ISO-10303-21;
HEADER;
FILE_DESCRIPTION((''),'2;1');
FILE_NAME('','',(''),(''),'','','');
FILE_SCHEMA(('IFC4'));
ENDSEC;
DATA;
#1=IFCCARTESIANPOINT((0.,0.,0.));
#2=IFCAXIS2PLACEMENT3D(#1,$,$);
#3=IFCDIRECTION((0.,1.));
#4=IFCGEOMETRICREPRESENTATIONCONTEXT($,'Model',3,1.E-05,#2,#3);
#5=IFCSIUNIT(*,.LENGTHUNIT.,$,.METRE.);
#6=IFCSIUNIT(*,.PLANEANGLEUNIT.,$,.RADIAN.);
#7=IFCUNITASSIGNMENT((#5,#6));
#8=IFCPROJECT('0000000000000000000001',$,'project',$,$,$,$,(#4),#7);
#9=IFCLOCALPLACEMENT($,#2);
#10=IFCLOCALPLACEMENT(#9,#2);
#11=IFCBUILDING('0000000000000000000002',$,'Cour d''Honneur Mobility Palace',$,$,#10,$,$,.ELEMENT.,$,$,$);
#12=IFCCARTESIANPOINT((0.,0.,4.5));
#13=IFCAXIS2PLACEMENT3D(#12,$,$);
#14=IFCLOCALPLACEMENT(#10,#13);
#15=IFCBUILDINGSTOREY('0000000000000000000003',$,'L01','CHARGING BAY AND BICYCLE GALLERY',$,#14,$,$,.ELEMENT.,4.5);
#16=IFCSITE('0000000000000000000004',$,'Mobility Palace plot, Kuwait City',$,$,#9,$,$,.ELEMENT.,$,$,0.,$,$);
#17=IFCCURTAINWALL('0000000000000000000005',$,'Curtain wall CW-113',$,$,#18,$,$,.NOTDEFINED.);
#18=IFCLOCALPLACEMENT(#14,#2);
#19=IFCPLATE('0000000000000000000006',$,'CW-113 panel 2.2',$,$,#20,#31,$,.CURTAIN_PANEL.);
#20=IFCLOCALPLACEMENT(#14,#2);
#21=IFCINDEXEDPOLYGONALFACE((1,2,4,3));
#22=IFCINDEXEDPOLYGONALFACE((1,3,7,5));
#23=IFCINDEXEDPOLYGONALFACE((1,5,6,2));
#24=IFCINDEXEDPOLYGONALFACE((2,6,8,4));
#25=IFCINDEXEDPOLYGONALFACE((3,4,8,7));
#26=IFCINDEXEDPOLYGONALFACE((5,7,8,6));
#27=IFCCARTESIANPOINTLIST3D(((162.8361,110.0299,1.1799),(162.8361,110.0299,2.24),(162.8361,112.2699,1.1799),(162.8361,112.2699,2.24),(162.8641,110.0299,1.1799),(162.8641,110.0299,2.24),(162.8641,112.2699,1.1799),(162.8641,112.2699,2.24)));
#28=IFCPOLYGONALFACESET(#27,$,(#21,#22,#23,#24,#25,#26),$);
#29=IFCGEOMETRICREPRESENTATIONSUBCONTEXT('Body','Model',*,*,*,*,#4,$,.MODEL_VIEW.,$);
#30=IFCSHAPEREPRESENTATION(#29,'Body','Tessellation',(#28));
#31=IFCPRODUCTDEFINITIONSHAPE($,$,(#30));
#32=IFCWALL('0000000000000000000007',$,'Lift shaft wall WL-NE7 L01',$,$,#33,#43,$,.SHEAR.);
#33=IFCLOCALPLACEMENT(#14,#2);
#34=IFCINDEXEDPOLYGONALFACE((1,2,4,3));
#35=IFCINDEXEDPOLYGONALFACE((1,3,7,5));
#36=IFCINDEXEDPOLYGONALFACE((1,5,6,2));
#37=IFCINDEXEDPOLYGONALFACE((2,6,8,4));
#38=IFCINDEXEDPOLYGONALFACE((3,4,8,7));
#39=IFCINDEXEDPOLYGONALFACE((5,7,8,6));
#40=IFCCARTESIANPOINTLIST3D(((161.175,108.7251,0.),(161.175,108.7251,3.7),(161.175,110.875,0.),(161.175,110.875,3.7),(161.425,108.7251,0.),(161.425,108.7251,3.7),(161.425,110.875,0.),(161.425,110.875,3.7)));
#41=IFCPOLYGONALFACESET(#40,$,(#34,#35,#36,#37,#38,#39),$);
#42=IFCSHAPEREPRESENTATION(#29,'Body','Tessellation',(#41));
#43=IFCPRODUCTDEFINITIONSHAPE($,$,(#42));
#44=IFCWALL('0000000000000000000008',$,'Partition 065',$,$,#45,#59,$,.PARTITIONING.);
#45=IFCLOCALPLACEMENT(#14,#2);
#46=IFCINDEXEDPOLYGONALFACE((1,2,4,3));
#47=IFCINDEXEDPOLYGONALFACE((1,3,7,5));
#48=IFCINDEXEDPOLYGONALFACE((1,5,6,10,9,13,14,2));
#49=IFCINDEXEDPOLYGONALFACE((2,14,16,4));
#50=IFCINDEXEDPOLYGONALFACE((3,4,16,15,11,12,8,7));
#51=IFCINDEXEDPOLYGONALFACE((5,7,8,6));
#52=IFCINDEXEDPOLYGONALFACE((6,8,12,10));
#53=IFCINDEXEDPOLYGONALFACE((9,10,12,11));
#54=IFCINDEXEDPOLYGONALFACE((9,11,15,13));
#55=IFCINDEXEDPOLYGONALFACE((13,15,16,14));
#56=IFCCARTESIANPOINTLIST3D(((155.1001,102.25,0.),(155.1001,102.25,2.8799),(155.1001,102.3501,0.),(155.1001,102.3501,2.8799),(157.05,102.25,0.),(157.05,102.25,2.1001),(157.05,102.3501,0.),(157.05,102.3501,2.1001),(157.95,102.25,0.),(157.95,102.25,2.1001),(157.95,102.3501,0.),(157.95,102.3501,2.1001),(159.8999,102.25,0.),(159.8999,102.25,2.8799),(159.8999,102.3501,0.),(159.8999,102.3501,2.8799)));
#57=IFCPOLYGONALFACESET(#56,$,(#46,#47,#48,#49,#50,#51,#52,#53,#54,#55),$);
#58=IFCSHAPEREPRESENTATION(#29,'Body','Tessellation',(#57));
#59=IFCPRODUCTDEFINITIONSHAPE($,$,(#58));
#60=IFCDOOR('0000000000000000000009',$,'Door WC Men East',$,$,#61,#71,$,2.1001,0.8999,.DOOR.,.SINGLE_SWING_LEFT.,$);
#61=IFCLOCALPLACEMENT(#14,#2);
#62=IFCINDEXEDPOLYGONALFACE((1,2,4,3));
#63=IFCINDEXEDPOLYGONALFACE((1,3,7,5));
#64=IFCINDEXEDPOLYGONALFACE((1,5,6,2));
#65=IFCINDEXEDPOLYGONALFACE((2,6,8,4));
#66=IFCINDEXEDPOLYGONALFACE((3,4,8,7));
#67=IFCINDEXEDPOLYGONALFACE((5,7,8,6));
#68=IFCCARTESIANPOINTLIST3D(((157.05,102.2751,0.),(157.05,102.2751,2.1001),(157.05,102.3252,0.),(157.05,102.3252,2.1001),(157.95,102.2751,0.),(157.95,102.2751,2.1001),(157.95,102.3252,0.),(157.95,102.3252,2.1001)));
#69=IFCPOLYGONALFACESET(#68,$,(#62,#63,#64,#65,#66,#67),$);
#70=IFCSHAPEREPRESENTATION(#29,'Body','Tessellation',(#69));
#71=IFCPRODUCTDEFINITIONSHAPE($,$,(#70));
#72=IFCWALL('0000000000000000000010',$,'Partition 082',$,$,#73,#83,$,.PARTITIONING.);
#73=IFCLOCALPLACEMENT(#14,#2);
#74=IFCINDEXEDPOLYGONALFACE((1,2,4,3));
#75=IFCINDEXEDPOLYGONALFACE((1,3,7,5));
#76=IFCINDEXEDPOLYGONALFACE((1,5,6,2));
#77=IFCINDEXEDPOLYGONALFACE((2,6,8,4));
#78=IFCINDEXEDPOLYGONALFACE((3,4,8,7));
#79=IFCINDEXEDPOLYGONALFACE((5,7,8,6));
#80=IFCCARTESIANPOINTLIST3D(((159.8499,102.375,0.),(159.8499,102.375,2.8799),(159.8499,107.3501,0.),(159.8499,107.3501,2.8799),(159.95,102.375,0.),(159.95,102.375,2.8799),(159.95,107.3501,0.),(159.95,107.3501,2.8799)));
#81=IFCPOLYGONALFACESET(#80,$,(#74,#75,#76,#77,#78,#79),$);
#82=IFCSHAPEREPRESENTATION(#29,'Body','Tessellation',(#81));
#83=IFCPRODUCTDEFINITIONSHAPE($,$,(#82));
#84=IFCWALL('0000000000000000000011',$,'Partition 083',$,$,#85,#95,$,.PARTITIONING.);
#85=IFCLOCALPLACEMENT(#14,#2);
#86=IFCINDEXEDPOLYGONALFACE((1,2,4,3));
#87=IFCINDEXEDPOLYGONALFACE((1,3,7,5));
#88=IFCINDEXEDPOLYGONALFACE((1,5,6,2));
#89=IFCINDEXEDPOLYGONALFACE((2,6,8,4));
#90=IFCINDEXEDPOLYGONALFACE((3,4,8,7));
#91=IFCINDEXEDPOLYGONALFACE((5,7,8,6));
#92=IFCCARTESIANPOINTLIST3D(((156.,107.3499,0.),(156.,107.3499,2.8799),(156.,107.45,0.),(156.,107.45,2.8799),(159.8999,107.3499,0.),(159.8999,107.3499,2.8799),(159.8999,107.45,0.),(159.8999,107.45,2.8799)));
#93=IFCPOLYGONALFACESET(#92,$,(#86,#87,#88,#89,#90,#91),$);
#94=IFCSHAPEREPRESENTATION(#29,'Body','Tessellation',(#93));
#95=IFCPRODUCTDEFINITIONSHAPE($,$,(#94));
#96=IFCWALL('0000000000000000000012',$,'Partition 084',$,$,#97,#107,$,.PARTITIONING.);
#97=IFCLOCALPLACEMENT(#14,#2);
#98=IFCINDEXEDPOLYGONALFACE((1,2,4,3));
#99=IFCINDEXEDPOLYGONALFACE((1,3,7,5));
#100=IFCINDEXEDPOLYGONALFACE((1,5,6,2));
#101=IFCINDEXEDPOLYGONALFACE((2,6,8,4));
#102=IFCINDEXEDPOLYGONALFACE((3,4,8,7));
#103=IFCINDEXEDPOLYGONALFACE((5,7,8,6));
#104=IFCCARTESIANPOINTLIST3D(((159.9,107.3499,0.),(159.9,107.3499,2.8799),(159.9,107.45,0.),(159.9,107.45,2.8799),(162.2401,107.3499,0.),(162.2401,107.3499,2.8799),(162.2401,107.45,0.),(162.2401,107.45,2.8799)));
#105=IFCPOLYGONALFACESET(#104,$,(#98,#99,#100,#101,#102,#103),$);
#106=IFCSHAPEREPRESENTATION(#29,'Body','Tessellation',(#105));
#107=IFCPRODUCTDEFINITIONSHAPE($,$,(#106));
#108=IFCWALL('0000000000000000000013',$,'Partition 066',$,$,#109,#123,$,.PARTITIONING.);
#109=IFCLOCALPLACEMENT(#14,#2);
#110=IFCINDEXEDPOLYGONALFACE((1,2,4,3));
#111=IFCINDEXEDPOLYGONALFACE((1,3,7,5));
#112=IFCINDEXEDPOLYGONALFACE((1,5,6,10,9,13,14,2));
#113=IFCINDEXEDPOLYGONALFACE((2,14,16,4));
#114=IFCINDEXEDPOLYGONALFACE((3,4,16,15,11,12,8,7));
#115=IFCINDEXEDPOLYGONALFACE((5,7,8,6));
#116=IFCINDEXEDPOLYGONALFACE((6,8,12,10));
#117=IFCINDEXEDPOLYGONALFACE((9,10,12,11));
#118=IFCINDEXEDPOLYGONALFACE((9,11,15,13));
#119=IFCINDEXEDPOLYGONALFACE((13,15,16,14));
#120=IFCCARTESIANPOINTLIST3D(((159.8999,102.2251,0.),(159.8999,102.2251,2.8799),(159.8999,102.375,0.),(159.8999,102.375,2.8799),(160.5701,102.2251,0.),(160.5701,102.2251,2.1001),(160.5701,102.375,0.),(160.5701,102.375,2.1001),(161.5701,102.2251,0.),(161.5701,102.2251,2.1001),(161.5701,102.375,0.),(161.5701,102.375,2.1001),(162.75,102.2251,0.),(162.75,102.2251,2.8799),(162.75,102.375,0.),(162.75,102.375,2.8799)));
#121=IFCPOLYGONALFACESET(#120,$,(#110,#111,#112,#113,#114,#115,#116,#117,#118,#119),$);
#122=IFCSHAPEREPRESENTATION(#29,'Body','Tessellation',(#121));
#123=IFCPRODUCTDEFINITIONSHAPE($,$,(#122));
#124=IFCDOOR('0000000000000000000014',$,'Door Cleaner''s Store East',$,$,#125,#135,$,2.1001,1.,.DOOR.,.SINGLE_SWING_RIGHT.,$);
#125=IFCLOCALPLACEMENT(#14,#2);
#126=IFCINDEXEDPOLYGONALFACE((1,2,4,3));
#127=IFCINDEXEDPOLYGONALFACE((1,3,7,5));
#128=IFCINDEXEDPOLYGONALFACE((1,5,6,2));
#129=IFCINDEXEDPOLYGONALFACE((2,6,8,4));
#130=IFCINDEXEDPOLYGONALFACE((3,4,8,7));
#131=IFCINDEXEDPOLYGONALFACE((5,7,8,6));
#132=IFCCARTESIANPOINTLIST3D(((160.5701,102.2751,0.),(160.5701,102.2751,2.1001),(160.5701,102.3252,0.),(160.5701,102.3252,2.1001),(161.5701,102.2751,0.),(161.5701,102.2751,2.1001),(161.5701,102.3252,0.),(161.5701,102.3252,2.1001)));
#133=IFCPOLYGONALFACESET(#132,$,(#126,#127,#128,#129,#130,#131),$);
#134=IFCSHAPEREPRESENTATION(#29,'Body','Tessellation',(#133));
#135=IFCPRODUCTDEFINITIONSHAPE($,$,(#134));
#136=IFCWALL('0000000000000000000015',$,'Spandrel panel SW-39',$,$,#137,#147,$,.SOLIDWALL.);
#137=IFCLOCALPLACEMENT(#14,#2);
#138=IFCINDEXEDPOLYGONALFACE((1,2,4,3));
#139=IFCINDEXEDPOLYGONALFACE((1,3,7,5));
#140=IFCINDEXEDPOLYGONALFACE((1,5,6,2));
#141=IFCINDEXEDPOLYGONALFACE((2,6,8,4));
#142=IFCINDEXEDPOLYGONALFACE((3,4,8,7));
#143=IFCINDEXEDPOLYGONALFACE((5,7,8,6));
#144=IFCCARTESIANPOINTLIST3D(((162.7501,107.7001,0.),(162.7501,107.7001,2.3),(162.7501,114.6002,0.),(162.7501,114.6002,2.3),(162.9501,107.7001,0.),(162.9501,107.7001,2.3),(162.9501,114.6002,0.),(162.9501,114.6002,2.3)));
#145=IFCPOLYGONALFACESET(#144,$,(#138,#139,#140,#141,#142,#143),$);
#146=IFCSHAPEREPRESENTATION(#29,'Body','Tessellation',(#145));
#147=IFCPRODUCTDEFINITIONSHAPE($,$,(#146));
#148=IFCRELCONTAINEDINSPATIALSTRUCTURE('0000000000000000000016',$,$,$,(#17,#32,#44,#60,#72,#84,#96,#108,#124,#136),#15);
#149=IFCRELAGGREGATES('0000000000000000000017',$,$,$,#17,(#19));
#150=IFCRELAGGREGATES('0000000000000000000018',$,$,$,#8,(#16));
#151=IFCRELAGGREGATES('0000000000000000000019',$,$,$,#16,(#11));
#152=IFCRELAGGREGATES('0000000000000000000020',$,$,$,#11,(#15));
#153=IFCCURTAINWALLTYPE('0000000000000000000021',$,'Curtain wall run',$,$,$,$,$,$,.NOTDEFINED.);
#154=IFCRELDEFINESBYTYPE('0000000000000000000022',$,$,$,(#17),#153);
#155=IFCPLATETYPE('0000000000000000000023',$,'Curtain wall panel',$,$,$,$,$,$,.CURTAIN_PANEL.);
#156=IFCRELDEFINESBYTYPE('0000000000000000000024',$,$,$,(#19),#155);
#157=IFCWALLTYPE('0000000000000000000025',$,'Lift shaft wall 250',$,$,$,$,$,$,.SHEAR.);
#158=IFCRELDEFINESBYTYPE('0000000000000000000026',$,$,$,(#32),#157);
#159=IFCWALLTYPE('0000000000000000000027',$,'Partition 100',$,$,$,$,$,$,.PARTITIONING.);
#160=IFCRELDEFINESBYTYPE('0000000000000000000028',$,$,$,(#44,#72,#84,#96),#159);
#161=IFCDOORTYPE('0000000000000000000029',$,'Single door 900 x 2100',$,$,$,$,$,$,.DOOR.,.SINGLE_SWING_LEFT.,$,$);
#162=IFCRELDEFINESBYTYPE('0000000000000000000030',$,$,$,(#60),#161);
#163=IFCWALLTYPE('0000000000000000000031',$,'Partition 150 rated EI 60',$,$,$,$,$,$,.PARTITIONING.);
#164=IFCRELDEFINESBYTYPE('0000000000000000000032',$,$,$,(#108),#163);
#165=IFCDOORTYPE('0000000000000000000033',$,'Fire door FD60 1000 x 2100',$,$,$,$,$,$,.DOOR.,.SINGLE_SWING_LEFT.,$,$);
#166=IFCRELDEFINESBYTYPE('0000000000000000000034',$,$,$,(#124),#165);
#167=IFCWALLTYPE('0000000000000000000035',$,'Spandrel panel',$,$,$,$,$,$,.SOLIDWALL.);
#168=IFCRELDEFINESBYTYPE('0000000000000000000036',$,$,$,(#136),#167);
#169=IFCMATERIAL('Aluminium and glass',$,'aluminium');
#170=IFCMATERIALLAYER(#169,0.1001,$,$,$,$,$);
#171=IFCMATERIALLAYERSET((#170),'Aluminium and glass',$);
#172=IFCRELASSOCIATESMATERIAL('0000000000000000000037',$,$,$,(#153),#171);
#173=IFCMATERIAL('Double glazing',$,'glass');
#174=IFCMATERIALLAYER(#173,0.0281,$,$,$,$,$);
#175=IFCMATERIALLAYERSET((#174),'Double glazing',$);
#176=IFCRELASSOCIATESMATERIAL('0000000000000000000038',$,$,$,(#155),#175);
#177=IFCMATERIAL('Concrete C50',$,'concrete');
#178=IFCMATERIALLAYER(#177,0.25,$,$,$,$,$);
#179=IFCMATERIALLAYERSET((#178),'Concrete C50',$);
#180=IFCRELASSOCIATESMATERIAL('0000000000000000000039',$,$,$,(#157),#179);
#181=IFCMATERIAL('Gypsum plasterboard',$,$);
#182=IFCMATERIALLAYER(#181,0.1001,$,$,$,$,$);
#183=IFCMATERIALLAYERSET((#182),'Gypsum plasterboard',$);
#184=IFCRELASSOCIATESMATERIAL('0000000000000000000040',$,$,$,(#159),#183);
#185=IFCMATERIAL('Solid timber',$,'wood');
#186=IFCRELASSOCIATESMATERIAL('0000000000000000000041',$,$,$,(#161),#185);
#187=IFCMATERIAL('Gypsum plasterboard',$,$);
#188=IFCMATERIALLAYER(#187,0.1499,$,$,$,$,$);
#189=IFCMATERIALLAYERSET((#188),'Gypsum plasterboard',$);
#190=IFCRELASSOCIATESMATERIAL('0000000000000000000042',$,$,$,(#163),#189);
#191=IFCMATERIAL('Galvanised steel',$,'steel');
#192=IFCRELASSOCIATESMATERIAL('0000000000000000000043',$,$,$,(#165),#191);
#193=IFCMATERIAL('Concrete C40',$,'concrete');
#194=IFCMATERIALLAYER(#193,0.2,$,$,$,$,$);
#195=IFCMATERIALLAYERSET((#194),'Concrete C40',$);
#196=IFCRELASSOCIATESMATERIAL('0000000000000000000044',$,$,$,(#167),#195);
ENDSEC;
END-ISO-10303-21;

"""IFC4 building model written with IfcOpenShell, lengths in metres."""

from ifc_helpers import new_model, si_unit, direction, frame, frame_2d, origin, origin_2d, place, context, subcontext, project, spatial, rectangle, extrude, material, layer, layer_set, type_object, element, fill, aggregate, save


model = new_model("IFC4")

# Units and contexts
model_context = context("Model", 3, precision=1e-05, world=origin(), true_north=direction((0.0, 1.0)))
body_context = subcontext(model_context, "Body", "Model", "MODEL_VIEW")
ifc_project = project(units=[si_unit("LENGTHUNIT", "METRE"), si_unit("PLANEANGLEUNIT", "RADIAN")], contexts=[model_context])

# Site, building, storey
site_placement = place(None, origin())
site = spatial("IfcSite", under=ifc_project, at=site_placement, Name="Mobility Palace plot, Kuwait City", CompositionType="ELEMENT", RefElevation=0.0)
building_placement = place(site_placement, origin())
building = spatial("IfcBuilding", under=site, at=building_placement, Name="Cour d'Honneur Mobility Palace", CompositionType="ELEMENT")
storey_placement = place(building_placement, frame((0.0, 0.0, 4.5)))
storey = spatial("IfcBuildingStorey", under=building, at=storey_placement, Name="L01", Description="CHARGING BAY AND BICYCLE GALLERY", CompositionType="ELEMENT", Elevation=4.5)

# Curtain wall
ifc_material_1 = material(Name="Aluminium and glass", Category="aluminium")
ifc_layer_1 = layer(ifc_material_1, 0.1001)
ifc_layer_set_1 = layer_set([ifc_layer_1], Name="Aluminium and glass")
curtain_wall_type = type_object("IfcCurtainWallType", Name="Curtain wall run", PredefinedType="NOTDEFINED", material=ifc_layer_set_1)
curtain_wall_placement = place(storey_placement, origin())
curtain_wall = element("IfcCurtainWall", 1, at=curtain_wall_placement, inside=storey, type_object=curtain_wall_type, Name="Curtain wall CW-113", PredefinedType="NOTDEFINED")

# Plate
ifc_material_2 = material(Name="Double glazing", Category="glass")
ifc_layer_2 = layer(ifc_material_2, 0.0281)
ifc_layer_set_2 = layer_set([ifc_layer_2], Name="Double glazing")
plate_type = type_object("IfcPlateType", Name="Curtain wall panel", PredefinedType="CURTAIN_PANEL", material=ifc_layer_set_2)
plate_1_placement = place(storey_placement, frame((162.8501, 111.1499, 1.1799), z_axis=(0.0, 0.0, 1.0), x_axis=(0.0, 1.0, 0.0)))
plate_1 = element("IfcPlate", 2, at=plate_1_placement, type_object=plate_type, Name="CW-113 panel 2.2", PredefinedType="CURTAIN_PANEL", context=body_context, shape_type="SweptSolid", body=[
    extrude(rectangle(XDim=2.24, YDim=0.0281, at=origin_2d()), origin(), (0.0, 0.0, 1.0), 1.0601),
])
aggregate(curtain_wall, [plate_1])

# Wall
ifc_material_3 = material(Name="Concrete C50", Category="concrete")
ifc_layer_3 = layer(ifc_material_3, 0.25)
ifc_layer_set_3 = layer_set([ifc_layer_3], Name="Concrete C50")
wall_type_1 = type_object("IfcWallType", Name="Lift shaft wall 250", PredefinedType="SHEAR", material=ifc_layer_set_3)
wall_1_placement = place(storey_placement, frame((161.3, 108.7251, 0.0), z_axis=(0.0, 0.0, 1.0), x_axis=(0.0, 1.0, 0.0)))
element("IfcWall", 3, at=wall_1_placement, inside=storey, type_object=wall_type_1, Name="Lift shaft wall WL-NE7 L01", PredefinedType="SHEAR", context=body_context, shape_type="SweptSolid", body=[
    extrude(rectangle(XDim=2.1499, YDim=0.25, at=frame_2d((1.075, 0.0))), origin(), (0.0, 0.0, 1.0), 3.7),
])

# Wall, opening, door
ifc_material_4 = material(Name="Gypsum plasterboard")
ifc_layer_4 = layer(ifc_material_4, 0.1001)
ifc_layer_set_4 = layer_set([ifc_layer_4], Name="Gypsum plasterboard")
wall_type_2 = type_object("IfcWallType", Name="Partition 100", PredefinedType="PARTITIONING", material=ifc_layer_set_4)
wall_2_placement = place(storey_placement, frame((159.8999, 102.3, 0.0), z_axis=(0.0, 0.0, 1.0), x_axis=(-1.0, 0.0, 0.0)))
wall_2 = element("IfcWall", 4, at=wall_2_placement, inside=storey, type_object=wall_type_2, Name="Partition 065", PredefinedType="PARTITIONING", context=body_context, shape_type="SweptSolid", body=[
    extrude(rectangle(XDim=4.7998, YDim=0.1001, at=frame_2d((2.3999, 0.0))), origin(), (0.0, 0.0, 1.0), 2.8799),
])
opening_1_placement = place(wall_2_placement, frame((1.95, 0.0, 0.0)))
opening_1 = element("IfcOpeningElement", 5, at=opening_1_placement, cuts=wall_2, PredefinedType="OPENING", context=body_context, shape_type="SweptSolid", body=[
    extrude(rectangle(XDim=0.8999, YDim=2.1001, at=frame_2d((0.45, 1.05))), frame((0.0, 0.0601, 0.0), z_axis=(0.0, -1.0, 0.0), x_axis=(1.0, 0.0, 0.0)), (0.0, 0.0, 1.0), 0.1201),
])
ifc_material_5 = material(Name="Solid timber", Category="wood")
door_type_1 = type_object("IfcDoorType", Name="Single door 900 x 2100", OperationType="SINGLE_SWING_LEFT", PredefinedType="DOOR", material=ifc_material_5)
door_1_placement = place(opening_1_placement, origin())
door_1 = element("IfcDoor", 6, at=door_1_placement, inside=storey, type_object=door_type_1, Name="Door WC Men East", OperationType="SINGLE_SWING_LEFT", OverallHeight=2.1001, OverallWidth=0.8999, PredefinedType="DOOR", context=body_context, shape_type="SweptSolid", body=[
    extrude(rectangle(XDim=0.8999, YDim=2.1001, at=frame_2d((0.45, 1.05))), frame((0.0, 0.0249, 0.0), z_axis=(0.0, -1.0, 0.0), x_axis=(1.0, 0.0, 0.0)), (0.0, 0.0, 1.0), 0.05),
])
fill(opening_1, door_1)

# Walls
wall_3_placement = place(storey_placement, frame((159.8999, 107.3501, 0.0), z_axis=(0.0, 0.0, 1.0), x_axis=(0.0, -1.0, 0.0)))
element("IfcWall", 7, at=wall_3_placement, inside=storey, type_object=wall_type_2, Name="Partition 082", PredefinedType="PARTITIONING", context=body_context, shape_type="SweptSolid", body=[
    extrude(rectangle(XDim=4.9751, YDim=0.1001, at=frame_2d((2.4875, 0.0))), origin(), (0.0, 0.0, 1.0), 2.8799),
])
wall_4_placement = place(storey_placement, frame((159.8999, 107.3999, 0.0), z_axis=(0.0, 0.0, 1.0), x_axis=(-1.0, 0.0, 0.0)))
element("IfcWall", 8, at=wall_4_placement, inside=storey, type_object=wall_type_2, Name="Partition 083", PredefinedType="PARTITIONING", context=body_context, shape_type="SweptSolid", body=[
    extrude(rectangle(XDim=3.8999, YDim=0.1001, at=frame_2d((1.95, 0.0))), origin(), (0.0, 0.0, 1.0), 2.8799),
])
wall_5_placement = place(storey_placement, frame((162.24, 107.3999, 0.0), z_axis=(0.0, 0.0, 1.0), x_axis=(-1.0, 0.0, 0.0)))
element("IfcWall", 9, at=wall_5_placement, inside=storey, type_object=wall_type_2, Name="Partition 084", PredefinedType="PARTITIONING", context=body_context, shape_type="SweptSolid", body=[
    extrude(rectangle(XDim=2.3401, YDim=0.1001, at=frame_2d((1.1699, 0.0))), origin(), (0.0, 0.0, 1.0), 2.8799),
])

# Wall, opening, door
ifc_material_6 = material(Name="Gypsum plasterboard")
ifc_layer_5 = layer(ifc_material_6, 0.1499)
ifc_layer_set_5 = layer_set([ifc_layer_5], Name="Gypsum plasterboard")
wall_type_3 = type_object("IfcWallType", Name="Partition 150 rated EI 60", PredefinedType="PARTITIONING", material=ifc_layer_set_5)
wall_6_placement = place(storey_placement, frame((162.75, 102.3, 0.0), z_axis=(0.0, 0.0, 1.0), x_axis=(-1.0, 0.0, 0.0)))
wall_6 = element("IfcWall", 10, at=wall_6_placement, inside=storey, type_object=wall_type_3, Name="Partition 066", PredefinedType="PARTITIONING", context=body_context, shape_type="SweptSolid", body=[
    extrude(rectangle(XDim=2.8501, YDim=0.1499, at=frame_2d((1.425, 0.0))), origin(), (0.0, 0.0, 1.0), 2.8799),
])
opening_2_placement = place(wall_6_placement, frame((1.1799, 0.0, 0.0)))
opening_2 = element("IfcOpeningElement", 11, at=opening_2_placement, cuts=wall_6, PredefinedType="OPENING", context=body_context, shape_type="SweptSolid", body=[
    extrude(rectangle(XDim=1.0, YDim=2.1001, at=frame_2d((0.5, 1.05))), frame((0.0, 0.085, 0.0), z_axis=(0.0, -1.0, 0.0), x_axis=(1.0, 0.0, 0.0)), (0.0, 0.0, 1.0), 0.1699),
])
ifc_material_7 = material(Name="Galvanised steel", Category="steel")
door_type_2 = type_object("IfcDoorType", Name="Fire door FD60 1000 x 2100", OperationType="SINGLE_SWING_LEFT", PredefinedType="DOOR", material=ifc_material_7)
door_2_placement = place(opening_2_placement, origin())
door_2 = element("IfcDoor", 12, at=door_2_placement, inside=storey, type_object=door_type_2, Name="Door Cleaner's Store East", OperationType="SINGLE_SWING_RIGHT", OverallHeight=2.1001, OverallWidth=1.0, PredefinedType="DOOR", context=body_context, shape_type="SweptSolid", body=[
    extrude(rectangle(XDim=1.0, YDim=2.1001, at=frame_2d((0.5, 1.05))), frame((0.0, 0.0249, 0.0), z_axis=(0.0, -1.0, 0.0), x_axis=(1.0, 0.0, 0.0)), (0.0, 0.0, 1.0), 0.05),
])
fill(opening_2, door_2)

# Wall
ifc_material_8 = material(Name="Concrete C40", Category="concrete")
ifc_layer_6 = layer(ifc_material_8, 0.2)
ifc_layer_set_6 = layer_set([ifc_layer_6], Name="Concrete C40")
wall_type_4 = type_object("IfcWallType", Name="Spandrel panel", PredefinedType="SOLIDWALL", material=ifc_layer_set_6)
wall_7_placement = place(storey_placement, frame((162.8501, 107.7, 0.0), z_axis=(0.0, 0.0, 1.0), x_axis=(0.0, 1.0, 0.0)))
element("IfcWall", 13, at=wall_7_placement, inside=storey, type_object=wall_type_4, Name="Spandrel panel SW-39", PredefinedType="SOLIDWALL", context=body_context, shape_type="SweptSolid", body=[
    extrude(rectangle(XDim=6.9001, YDim=0.2, at=frame_2d((3.4502, 0.0))), origin(), (0.0, 0.0, 1.0), 2.3),
])

save(model, "model.ifc")
